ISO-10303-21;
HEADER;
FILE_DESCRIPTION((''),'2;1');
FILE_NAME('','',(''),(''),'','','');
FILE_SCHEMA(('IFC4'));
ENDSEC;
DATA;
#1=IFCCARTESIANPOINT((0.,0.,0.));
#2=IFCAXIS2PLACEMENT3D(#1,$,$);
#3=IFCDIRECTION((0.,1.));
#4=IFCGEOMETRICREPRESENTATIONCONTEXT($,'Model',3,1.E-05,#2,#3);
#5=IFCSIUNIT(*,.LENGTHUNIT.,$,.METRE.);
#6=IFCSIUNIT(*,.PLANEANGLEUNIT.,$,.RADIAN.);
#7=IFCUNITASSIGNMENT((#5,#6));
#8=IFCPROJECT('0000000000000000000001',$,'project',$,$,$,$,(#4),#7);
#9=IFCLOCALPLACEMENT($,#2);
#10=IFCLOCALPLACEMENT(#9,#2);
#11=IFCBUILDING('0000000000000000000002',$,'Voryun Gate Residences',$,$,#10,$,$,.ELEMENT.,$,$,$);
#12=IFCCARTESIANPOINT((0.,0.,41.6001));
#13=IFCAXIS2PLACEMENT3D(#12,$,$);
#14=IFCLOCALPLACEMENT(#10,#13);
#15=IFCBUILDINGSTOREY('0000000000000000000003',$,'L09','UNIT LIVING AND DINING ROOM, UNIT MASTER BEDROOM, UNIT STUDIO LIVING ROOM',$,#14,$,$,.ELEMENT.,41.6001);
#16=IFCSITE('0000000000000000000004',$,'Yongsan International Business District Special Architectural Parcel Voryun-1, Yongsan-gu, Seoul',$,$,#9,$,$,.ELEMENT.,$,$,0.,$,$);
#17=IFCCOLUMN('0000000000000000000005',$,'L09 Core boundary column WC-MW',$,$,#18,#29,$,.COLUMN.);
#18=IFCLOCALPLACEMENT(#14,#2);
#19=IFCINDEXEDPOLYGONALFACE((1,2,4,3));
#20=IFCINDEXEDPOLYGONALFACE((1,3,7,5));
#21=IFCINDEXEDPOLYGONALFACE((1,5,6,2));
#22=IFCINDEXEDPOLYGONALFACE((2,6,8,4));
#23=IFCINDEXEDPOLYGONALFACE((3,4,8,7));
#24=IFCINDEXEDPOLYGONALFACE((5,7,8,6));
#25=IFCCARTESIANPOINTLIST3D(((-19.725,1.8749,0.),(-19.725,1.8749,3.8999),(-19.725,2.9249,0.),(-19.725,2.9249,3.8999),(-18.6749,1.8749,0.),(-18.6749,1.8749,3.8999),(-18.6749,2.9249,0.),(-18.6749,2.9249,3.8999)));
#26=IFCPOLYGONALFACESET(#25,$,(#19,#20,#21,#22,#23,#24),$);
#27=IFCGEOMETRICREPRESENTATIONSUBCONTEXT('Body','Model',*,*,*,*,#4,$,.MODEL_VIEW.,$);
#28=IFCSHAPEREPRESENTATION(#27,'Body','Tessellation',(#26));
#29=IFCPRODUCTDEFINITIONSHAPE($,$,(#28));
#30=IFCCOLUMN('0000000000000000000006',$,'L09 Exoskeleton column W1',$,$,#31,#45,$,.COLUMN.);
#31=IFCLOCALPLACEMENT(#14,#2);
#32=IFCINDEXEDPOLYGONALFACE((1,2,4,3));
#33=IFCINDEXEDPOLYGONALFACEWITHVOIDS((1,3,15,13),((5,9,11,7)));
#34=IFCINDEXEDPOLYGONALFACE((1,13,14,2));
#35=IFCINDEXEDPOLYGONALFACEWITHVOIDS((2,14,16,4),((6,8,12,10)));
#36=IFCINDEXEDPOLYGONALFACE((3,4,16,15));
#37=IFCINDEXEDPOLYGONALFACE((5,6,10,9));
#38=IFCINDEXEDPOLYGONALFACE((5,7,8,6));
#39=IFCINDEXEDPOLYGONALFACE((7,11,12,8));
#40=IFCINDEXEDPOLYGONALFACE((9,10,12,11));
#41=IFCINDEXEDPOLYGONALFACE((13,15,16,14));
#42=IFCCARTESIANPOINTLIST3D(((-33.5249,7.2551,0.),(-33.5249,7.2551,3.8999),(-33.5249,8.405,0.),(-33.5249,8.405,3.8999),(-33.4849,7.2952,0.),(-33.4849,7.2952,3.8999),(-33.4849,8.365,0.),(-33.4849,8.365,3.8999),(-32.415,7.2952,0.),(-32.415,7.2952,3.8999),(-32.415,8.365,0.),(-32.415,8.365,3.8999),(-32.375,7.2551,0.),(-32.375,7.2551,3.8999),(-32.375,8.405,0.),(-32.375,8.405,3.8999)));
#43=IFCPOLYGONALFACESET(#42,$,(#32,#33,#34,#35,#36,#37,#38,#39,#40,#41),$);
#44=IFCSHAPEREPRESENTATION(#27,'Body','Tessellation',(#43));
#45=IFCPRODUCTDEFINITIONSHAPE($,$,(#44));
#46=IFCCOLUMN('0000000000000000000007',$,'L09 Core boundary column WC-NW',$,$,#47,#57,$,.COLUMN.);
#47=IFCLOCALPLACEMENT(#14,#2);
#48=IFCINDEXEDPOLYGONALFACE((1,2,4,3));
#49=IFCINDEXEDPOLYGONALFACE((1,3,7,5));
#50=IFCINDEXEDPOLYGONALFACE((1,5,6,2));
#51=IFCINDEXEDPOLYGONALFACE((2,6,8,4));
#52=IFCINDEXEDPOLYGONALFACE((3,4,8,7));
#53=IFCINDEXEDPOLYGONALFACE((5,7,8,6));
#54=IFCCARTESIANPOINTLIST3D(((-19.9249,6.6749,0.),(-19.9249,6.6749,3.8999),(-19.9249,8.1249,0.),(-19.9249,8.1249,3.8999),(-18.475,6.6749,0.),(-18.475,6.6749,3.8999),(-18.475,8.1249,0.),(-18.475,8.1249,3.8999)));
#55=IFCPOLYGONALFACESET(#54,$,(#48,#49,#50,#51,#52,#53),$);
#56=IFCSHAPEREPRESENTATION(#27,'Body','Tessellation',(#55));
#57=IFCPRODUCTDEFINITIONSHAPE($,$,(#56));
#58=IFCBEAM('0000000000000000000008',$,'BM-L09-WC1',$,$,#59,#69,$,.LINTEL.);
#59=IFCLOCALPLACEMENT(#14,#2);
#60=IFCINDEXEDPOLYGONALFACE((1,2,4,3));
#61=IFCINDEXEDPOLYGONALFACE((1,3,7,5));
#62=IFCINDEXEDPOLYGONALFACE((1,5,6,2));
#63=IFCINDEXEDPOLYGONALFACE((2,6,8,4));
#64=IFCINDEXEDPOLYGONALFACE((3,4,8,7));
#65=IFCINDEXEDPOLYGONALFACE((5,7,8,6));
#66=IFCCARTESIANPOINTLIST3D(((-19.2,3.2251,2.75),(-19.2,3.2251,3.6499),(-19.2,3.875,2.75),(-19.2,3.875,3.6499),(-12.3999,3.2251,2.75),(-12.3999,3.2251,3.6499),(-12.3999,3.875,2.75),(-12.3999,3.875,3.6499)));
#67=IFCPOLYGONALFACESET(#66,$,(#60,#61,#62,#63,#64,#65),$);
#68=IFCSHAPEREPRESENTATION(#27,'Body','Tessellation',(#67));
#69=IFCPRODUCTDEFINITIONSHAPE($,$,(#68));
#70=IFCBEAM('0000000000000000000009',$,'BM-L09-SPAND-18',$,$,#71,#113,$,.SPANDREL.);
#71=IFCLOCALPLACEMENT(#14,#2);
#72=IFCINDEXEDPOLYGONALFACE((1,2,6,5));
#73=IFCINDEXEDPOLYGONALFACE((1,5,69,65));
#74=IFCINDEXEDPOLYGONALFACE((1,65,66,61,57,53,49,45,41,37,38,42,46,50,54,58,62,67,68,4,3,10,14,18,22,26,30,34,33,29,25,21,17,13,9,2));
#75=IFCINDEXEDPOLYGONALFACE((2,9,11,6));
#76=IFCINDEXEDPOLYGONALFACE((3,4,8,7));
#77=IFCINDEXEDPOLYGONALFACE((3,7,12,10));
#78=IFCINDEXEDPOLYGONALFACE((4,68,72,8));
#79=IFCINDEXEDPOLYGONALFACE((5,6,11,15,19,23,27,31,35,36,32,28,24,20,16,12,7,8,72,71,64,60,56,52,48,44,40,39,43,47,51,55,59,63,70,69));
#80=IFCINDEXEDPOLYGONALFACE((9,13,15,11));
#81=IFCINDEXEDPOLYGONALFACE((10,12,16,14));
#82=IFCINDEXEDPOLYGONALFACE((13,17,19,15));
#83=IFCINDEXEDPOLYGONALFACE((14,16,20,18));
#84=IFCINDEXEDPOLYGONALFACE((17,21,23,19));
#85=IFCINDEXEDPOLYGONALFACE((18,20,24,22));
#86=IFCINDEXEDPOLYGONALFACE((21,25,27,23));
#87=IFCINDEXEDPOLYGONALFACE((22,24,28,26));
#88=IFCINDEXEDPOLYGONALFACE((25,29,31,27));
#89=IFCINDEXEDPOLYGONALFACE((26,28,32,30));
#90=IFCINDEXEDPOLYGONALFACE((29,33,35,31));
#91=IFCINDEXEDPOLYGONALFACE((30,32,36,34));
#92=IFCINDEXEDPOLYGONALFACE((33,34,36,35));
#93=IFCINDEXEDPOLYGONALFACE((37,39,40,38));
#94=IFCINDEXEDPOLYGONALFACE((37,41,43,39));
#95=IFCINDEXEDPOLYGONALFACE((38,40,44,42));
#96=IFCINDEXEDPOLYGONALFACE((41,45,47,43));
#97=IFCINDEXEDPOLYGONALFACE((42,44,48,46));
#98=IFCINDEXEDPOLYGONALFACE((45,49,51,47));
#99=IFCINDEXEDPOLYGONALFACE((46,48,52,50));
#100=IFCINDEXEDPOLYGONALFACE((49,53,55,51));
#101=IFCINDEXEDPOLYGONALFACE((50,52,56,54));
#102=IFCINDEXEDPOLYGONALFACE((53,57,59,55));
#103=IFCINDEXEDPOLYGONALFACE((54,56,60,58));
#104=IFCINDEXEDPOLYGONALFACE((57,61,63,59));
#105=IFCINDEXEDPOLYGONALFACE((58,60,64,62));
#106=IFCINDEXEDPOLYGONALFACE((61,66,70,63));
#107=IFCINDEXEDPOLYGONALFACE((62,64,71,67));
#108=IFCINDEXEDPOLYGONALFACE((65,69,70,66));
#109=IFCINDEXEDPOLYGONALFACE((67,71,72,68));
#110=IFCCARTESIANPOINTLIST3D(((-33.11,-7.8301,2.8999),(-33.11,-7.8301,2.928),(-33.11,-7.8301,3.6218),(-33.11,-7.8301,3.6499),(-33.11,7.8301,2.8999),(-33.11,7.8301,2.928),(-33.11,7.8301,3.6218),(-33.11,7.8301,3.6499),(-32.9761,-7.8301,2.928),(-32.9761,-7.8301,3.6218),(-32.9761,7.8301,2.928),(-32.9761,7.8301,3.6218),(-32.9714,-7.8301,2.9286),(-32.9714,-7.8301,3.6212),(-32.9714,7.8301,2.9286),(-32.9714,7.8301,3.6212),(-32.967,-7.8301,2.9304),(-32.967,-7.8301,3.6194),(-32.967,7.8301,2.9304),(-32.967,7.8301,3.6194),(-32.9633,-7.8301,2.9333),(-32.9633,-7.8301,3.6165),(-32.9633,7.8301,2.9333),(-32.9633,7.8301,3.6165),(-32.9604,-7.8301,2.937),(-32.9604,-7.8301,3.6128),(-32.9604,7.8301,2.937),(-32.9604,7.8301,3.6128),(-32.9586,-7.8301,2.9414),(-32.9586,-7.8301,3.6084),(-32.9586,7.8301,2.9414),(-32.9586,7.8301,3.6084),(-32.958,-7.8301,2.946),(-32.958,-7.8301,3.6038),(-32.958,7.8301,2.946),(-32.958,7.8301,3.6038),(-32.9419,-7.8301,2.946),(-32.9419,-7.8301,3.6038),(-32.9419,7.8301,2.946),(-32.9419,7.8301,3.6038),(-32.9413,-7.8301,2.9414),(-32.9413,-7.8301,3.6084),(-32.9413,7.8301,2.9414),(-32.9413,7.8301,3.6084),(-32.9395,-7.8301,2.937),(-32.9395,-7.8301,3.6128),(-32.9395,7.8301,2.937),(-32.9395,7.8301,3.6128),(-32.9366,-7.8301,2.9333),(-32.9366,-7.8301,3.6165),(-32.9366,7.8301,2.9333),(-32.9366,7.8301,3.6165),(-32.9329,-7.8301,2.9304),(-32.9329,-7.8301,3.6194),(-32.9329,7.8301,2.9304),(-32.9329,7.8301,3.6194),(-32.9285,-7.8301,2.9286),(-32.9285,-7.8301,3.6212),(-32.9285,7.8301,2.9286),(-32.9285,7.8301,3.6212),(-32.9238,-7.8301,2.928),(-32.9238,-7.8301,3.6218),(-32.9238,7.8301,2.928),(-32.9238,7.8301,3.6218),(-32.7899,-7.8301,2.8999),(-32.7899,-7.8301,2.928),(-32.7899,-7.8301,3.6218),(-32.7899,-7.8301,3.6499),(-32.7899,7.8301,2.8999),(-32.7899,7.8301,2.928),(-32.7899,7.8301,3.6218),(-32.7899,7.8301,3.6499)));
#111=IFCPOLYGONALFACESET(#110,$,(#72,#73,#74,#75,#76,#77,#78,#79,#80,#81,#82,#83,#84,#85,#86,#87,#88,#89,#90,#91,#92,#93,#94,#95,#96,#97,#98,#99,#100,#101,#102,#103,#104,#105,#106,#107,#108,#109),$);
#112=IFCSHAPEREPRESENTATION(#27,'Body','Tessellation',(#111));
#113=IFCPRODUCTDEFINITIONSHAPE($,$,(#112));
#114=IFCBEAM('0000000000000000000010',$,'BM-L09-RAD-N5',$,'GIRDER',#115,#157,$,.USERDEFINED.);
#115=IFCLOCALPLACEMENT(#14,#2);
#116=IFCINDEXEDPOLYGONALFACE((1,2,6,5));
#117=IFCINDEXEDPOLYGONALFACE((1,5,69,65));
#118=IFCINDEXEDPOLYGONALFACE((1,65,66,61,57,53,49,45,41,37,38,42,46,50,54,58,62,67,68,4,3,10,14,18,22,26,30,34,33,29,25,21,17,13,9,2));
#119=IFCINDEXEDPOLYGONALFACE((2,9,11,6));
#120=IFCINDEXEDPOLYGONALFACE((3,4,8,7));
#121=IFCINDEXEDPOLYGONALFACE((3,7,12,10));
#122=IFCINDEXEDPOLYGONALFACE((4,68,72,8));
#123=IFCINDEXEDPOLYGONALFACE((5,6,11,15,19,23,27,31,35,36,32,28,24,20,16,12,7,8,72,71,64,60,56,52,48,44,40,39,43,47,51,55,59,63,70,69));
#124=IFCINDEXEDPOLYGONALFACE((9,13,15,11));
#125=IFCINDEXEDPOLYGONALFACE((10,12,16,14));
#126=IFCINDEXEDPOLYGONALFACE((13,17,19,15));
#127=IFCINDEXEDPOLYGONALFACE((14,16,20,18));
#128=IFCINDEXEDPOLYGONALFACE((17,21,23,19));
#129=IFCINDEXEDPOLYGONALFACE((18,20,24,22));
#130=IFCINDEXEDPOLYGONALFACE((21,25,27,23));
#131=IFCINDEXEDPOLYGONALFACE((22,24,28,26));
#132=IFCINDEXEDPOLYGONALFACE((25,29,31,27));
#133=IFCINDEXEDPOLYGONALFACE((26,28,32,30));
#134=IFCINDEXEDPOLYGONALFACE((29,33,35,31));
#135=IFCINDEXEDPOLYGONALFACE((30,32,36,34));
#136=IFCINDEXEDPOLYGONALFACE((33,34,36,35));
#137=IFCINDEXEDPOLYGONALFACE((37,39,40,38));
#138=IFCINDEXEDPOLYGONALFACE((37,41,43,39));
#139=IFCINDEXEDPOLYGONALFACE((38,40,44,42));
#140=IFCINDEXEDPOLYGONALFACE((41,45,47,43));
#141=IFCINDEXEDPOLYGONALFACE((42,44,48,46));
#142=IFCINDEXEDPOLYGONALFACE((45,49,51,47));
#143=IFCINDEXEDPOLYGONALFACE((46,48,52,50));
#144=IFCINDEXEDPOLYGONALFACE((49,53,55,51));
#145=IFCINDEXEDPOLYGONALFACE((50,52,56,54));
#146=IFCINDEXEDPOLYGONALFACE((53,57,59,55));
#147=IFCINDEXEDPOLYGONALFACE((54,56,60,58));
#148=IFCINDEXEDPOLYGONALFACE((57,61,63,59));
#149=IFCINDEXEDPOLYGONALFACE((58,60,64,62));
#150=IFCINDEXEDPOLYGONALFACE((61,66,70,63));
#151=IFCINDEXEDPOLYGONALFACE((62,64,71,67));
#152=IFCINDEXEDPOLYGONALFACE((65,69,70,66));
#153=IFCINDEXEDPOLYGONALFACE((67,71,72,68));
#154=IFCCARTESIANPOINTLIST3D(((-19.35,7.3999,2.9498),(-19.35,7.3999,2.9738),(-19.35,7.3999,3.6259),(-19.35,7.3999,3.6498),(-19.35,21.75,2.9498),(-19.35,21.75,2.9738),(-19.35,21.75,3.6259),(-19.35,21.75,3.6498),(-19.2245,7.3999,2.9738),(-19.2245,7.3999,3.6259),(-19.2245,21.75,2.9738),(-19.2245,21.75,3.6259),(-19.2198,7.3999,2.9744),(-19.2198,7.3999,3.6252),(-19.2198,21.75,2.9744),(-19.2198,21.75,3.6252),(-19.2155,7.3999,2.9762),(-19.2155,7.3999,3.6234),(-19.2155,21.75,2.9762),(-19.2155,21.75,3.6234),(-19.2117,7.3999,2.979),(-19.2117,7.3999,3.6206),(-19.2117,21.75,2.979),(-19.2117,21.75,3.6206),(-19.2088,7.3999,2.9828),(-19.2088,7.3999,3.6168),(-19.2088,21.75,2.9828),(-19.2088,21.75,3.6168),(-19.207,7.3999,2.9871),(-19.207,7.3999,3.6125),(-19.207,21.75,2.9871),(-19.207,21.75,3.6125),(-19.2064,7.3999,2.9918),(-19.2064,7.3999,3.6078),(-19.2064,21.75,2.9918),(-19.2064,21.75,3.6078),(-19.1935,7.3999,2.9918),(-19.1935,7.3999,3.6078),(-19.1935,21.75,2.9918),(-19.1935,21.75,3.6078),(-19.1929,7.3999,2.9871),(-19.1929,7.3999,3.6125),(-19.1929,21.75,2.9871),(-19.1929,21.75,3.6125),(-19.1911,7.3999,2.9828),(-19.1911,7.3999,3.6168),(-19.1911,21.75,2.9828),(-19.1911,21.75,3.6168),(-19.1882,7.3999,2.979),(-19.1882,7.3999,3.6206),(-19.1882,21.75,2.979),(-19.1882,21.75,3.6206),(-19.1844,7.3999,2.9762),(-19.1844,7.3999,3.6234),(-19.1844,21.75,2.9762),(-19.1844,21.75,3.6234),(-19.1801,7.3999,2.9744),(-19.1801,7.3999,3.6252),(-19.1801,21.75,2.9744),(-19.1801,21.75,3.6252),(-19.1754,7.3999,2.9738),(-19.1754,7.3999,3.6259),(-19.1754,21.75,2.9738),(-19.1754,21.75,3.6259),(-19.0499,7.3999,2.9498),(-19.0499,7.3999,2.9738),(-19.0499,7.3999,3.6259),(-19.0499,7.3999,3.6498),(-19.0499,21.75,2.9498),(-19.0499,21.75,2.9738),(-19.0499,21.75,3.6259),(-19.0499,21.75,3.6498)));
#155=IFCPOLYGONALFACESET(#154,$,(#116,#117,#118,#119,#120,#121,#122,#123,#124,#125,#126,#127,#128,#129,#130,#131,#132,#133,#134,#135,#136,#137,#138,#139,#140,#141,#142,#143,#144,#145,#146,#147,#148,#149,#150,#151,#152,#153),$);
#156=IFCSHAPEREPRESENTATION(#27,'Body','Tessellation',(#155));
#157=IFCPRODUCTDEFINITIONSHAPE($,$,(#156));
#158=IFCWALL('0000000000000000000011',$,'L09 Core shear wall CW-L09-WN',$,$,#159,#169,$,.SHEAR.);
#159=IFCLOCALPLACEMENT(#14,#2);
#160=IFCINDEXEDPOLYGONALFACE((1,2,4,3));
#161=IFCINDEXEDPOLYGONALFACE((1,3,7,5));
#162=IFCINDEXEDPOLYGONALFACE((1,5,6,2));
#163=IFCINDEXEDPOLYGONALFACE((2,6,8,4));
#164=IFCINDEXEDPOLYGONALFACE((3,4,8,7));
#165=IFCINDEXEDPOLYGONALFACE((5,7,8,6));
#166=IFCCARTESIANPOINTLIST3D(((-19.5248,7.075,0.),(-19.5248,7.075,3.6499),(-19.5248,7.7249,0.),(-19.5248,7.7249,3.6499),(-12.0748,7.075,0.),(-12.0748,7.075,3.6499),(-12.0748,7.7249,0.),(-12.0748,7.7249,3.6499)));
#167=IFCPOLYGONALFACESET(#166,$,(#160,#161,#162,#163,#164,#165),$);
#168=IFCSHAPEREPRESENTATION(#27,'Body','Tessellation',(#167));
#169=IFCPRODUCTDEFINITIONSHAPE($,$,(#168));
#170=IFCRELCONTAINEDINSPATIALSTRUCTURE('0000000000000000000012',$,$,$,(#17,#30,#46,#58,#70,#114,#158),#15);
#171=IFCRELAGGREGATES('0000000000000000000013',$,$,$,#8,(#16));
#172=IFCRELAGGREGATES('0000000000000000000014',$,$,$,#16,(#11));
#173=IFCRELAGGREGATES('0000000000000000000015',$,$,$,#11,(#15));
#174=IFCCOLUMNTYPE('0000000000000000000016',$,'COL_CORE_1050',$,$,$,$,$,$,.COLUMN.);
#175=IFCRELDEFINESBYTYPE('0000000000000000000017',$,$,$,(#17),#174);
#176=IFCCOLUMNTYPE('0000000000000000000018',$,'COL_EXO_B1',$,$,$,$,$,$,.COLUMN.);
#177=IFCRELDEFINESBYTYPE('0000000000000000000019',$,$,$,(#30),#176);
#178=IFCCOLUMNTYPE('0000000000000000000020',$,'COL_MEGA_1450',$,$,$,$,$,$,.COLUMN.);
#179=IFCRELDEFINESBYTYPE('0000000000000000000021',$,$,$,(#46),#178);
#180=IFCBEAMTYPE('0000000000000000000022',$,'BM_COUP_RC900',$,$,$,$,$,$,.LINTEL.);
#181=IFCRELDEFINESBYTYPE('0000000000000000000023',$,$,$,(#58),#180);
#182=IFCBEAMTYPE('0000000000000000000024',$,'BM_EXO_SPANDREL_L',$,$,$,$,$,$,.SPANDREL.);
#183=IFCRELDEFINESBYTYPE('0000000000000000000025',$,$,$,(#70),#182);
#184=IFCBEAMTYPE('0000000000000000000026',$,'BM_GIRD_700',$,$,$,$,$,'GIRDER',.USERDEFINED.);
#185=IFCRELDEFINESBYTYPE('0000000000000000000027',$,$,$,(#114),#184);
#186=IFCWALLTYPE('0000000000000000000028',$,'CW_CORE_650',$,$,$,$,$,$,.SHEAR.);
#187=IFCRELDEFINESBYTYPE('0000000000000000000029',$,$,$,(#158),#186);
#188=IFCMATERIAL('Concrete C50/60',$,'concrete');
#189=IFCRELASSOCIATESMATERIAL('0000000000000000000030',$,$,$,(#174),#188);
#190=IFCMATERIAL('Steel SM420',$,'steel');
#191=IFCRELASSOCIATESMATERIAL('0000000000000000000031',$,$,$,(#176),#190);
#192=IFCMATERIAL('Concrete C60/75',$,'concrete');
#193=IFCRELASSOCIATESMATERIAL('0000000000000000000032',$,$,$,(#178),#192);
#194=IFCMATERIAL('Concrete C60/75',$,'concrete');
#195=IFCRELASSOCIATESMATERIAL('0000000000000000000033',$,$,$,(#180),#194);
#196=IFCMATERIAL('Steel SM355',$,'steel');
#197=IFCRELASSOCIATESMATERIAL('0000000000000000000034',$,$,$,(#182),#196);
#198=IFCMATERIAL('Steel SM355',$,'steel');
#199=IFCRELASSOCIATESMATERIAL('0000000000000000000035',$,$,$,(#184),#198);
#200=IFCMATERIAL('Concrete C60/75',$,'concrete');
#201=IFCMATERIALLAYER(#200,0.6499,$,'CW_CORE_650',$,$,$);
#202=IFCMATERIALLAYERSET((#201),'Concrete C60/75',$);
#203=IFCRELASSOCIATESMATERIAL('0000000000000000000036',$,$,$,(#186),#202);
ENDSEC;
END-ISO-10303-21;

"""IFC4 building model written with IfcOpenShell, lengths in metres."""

from ifc_helpers import new_model, si_unit, direction, frame, frame_2d, origin, origin_2d, place, context, subcontext, project, spatial, rectangle, hollow_rectangle, i_section, extrude, material, layer, layer_set, material_profile, profile_set, type_object, element, save


model = new_model("IFC4")

# Units and contexts
model_context = context("Model", 3, precision=1e-05, world=origin(), true_north=direction((0.0, 1.0)))
body_context = subcontext(model_context, "Body", "Model", "MODEL_VIEW")
ifc_project = project(units=[si_unit("LENGTHUNIT", "METRE"), si_unit("PLANEANGLEUNIT", "RADIAN")], contexts=[model_context])

# Site, building, storey
site_placement = place(None, origin())
site = spatial("IfcSite", under=ifc_project, at=site_placement, Name="Yongsan International Business District Special Architectural Parcel Voryun-1, Yongsan-gu, Seoul", CompositionType="ELEMENT", RefElevation=0.0)
building_placement = place(site_placement, origin())
building = spatial("IfcBuilding", under=site, at=building_placement, Name="Voryun Gate Residences", CompositionType="ELEMENT")
storey_placement = place(building_placement, frame((0.0, 0.0, 41.6001)))
storey = spatial("IfcBuildingStorey", under=building, at=storey_placement, Name="L09", Description="UNIT LIVING AND DINING ROOM, UNIT MASTER BEDROOM, UNIT STUDIO LIVING ROOM", CompositionType="ELEMENT", Elevation=41.6001)

# Columns
ifc_material_1 = material(Name="Concrete C50/60", Category="concrete")
ifc_material_profile_1 = material_profile(ifc_material_1, rectangle(XDim=1.05, YDim=1.05, at=origin_2d()), Name="RC-1050x1050")
ifc_profile_set_1 = profile_set([ifc_material_profile_1], Name="Concrete C50/60")
column_type_1 = type_object("IfcColumnType", Name="COL_CORE_1050", PredefinedType="COLUMN", material=ifc_profile_set_1)
column_1_placement = place(storey_placement, frame((-19.2, 2.3999, 0.0), z_axis=(0.0, 0.0, 1.0), x_axis=(1.0, 0.0, 0.0)))
element("IfcColumn", 1, at=column_1_placement, inside=storey, type_object=column_type_1, Name="L09 Core boundary column WC-MW", PredefinedType="COLUMN", context=body_context, shape_type="SweptSolid", body=[
    extrude(rectangle(XDim=1.05, YDim=1.05, at=origin_2d()), origin(), (0.0, 0.0, 1.0), 3.8999),
])
ifc_material_2 = material(Name="Steel SM420", Category="steel")
ifc_material_profile_2 = material_profile(ifc_material_2, hollow_rectangle(XDim=1.1499, YDim=1.1499, WallThickness=0.04, at=origin_2d()), Name="BOX-1150x1150x40")
ifc_profile_set_2 = profile_set([ifc_material_profile_2], Name="Steel SM420")
column_type_2 = type_object("IfcColumnType", Name="COL_EXO_B1", PredefinedType="COLUMN", material=ifc_profile_set_2)
column_2_placement = place(storey_placement, frame((-32.95, 7.8301, 0.0), z_axis=(0.0, 0.0, 1.0), x_axis=(1.0, 0.0, 0.0)))
element("IfcColumn", 2, at=column_2_placement, inside=storey, type_object=column_type_2, Name="L09 Exoskeleton column W1", PredefinedType="COLUMN", context=body_context, shape_type="SweptSolid", body=[
    extrude(hollow_rectangle(XDim=1.1499, YDim=1.1499, WallThickness=0.04, at=origin_2d()), origin(), (0.0, 0.0, 1.0), 3.8999),
])
ifc_material_3 = material(Name="Concrete C60/75", Category="concrete")
ifc_material_profile_3 = material_profile(ifc_material_3, rectangle(XDim=1.45, YDim=1.45, at=origin_2d()), Name="RC-1450x1450")
ifc_profile_set_3 = profile_set([ifc_material_profile_3], Name="Concrete C60/75")
column_type_3 = type_object("IfcColumnType", Name="COL_MEGA_1450", PredefinedType="COLUMN", material=ifc_profile_set_3)
column_3_placement = place(storey_placement, frame((-19.2, 7.3999, 0.0), z_axis=(0.0, 0.0, 1.0), x_axis=(1.0, 0.0, 0.0)))
element("IfcColumn", 3, at=column_3_placement, inside=storey, type_object=column_type_3, Name="L09 Core boundary column WC-NW", PredefinedType="COLUMN", context=body_context, shape_type="SweptSolid", body=[
    extrude(rectangle(XDim=1.45, YDim=1.45, at=origin_2d()), origin(), (0.0, 0.0, 1.0), 3.8999),
])

# Beams
ifc_material_4 = material(Name="Concrete C60/75", Category="concrete")
ifc_material_profile_4 = material_profile(ifc_material_4, rectangle(XDim=0.6499, YDim=0.8999, at=origin_2d()), Name="RC-650x900")
ifc_profile_set_4 = profile_set([ifc_material_profile_4], Name="Concrete C60/75")
beam_type_1 = type_object("IfcBeamType", Name="BM_COUP_RC900", PredefinedType="LINTEL", material=ifc_profile_set_4)
beam_1_placement = place(storey_placement, frame((-19.2, 3.55, 3.2), z_axis=(1.0, 0.0, 0.0), x_axis=(0.0, 1.0, 0.0)))
element("IfcBeam", 4, at=beam_1_placement, inside=storey, type_object=beam_type_1, Name="BM-L09-WC1", PredefinedType="LINTEL", context=body_context, shape_type="SweptSolid", body=[
    extrude(rectangle(XDim=0.6499, YDim=0.8999, at=origin_2d()), origin(), (0.0, 0.0, 1.0), 6.8),
])
ifc_material_5 = material(Name="Steel SM355", Category="steel")
ifc_material_profile_5 = material_profile(ifc_material_5, i_section(OverallWidth=0.3201, OverallDepth=0.75, WebThickness=0.0161, FlangeThickness=0.0281, FilletRadius=0.0181, at=origin_2d()), Name="H-750x320x16x28")
ifc_profile_set_5 = profile_set([ifc_material_profile_5], Name="Steel SM355")
beam_type_2 = type_object("IfcBeamType", Name="BM_EXO_SPANDREL_L", PredefinedType="SPANDREL", material=ifc_profile_set_5)
beam_2_placement = place(storey_placement, frame((-32.95, 7.8301, 3.2749), z_axis=(0.0, -1.0, 0.0), x_axis=(1.0, 0.0, 0.0)))
element("IfcBeam", 5, at=beam_2_placement, inside=storey, type_object=beam_type_2, Name="BM-L09-SPAND-18", PredefinedType="SPANDREL", context=body_context, shape_type="SweptSolid", body=[
    extrude(i_section(OverallWidth=0.3201, OverallDepth=0.75, WebThickness=0.0161, FlangeThickness=0.0281, FilletRadius=0.0181, at=origin_2d()), origin(), (0.0, 0.0, 1.0), 15.6602),
])
ifc_material_6 = material(Name="Steel SM355", Category="steel")
ifc_material_profile_6 = material_profile(ifc_material_6, i_section(OverallWidth=0.3, OverallDepth=0.7, WebThickness=0.0129, FlangeThickness=0.0239, FilletRadius=0.0181, at=origin_2d()), Name="H-700x300x13x24")
ifc_profile_set_6 = profile_set([ifc_material_profile_6], Name="Steel SM355")
beam_type_3 = type_object("IfcBeamType", Name="BM_GIRD_700", ElementType="GIRDER", PredefinedType="USERDEFINED", material=ifc_profile_set_6)
beam_3_placement = place(storey_placement, frame((-19.2, 7.3999, 3.2998), z_axis=(0.0, 1.0, 0.0), x_axis=(-1.0, 0.0, 0.0)))
element("IfcBeam", 6, at=beam_3_placement, inside=storey, type_object=beam_type_3, Name="BM-L09-RAD-N5", ObjectType="GIRDER", PredefinedType="USERDEFINED", context=body_context, shape_type="SweptSolid", body=[
    extrude(i_section(OverallWidth=0.3, OverallDepth=0.7, WebThickness=0.0129, FlangeThickness=0.0239, FilletRadius=0.0181, at=origin_2d()), origin(), (0.0, 0.0, 1.0), 14.3501),
])

# Wall
ifc_material_7 = material(Name="Concrete C60/75", Category="concrete")
ifc_layer_1 = layer(ifc_material_7, 0.6499, Name="CW_CORE_650")
ifc_layer_set_1 = layer_set([ifc_layer_1], Name="Concrete C60/75")
wall_type_1 = type_object("IfcWallType", Name="CW_CORE_650", PredefinedType="SHEAR", material=ifc_layer_set_1)
wall_1_placement = place(storey_placement, frame((-19.5249, 7.3999, 0.0), z_axis=(0.0, 0.0, 1.0), x_axis=(1.0, 0.0, 0.0)))
element("IfcWall", 7, at=wall_1_placement, inside=storey, type_object=wall_type_1, Name="L09 Core shear wall CW-L09-WN", PredefinedType="SHEAR", context=body_context, shape_type="SweptSolid", body=[
    extrude(rectangle(XDim=7.45, YDim=0.6499, at=frame_2d((3.7251, 0.0))), origin(), (0.0, 0.0, 1.0), 3.6499),
])

save(model, "model.ifc")
